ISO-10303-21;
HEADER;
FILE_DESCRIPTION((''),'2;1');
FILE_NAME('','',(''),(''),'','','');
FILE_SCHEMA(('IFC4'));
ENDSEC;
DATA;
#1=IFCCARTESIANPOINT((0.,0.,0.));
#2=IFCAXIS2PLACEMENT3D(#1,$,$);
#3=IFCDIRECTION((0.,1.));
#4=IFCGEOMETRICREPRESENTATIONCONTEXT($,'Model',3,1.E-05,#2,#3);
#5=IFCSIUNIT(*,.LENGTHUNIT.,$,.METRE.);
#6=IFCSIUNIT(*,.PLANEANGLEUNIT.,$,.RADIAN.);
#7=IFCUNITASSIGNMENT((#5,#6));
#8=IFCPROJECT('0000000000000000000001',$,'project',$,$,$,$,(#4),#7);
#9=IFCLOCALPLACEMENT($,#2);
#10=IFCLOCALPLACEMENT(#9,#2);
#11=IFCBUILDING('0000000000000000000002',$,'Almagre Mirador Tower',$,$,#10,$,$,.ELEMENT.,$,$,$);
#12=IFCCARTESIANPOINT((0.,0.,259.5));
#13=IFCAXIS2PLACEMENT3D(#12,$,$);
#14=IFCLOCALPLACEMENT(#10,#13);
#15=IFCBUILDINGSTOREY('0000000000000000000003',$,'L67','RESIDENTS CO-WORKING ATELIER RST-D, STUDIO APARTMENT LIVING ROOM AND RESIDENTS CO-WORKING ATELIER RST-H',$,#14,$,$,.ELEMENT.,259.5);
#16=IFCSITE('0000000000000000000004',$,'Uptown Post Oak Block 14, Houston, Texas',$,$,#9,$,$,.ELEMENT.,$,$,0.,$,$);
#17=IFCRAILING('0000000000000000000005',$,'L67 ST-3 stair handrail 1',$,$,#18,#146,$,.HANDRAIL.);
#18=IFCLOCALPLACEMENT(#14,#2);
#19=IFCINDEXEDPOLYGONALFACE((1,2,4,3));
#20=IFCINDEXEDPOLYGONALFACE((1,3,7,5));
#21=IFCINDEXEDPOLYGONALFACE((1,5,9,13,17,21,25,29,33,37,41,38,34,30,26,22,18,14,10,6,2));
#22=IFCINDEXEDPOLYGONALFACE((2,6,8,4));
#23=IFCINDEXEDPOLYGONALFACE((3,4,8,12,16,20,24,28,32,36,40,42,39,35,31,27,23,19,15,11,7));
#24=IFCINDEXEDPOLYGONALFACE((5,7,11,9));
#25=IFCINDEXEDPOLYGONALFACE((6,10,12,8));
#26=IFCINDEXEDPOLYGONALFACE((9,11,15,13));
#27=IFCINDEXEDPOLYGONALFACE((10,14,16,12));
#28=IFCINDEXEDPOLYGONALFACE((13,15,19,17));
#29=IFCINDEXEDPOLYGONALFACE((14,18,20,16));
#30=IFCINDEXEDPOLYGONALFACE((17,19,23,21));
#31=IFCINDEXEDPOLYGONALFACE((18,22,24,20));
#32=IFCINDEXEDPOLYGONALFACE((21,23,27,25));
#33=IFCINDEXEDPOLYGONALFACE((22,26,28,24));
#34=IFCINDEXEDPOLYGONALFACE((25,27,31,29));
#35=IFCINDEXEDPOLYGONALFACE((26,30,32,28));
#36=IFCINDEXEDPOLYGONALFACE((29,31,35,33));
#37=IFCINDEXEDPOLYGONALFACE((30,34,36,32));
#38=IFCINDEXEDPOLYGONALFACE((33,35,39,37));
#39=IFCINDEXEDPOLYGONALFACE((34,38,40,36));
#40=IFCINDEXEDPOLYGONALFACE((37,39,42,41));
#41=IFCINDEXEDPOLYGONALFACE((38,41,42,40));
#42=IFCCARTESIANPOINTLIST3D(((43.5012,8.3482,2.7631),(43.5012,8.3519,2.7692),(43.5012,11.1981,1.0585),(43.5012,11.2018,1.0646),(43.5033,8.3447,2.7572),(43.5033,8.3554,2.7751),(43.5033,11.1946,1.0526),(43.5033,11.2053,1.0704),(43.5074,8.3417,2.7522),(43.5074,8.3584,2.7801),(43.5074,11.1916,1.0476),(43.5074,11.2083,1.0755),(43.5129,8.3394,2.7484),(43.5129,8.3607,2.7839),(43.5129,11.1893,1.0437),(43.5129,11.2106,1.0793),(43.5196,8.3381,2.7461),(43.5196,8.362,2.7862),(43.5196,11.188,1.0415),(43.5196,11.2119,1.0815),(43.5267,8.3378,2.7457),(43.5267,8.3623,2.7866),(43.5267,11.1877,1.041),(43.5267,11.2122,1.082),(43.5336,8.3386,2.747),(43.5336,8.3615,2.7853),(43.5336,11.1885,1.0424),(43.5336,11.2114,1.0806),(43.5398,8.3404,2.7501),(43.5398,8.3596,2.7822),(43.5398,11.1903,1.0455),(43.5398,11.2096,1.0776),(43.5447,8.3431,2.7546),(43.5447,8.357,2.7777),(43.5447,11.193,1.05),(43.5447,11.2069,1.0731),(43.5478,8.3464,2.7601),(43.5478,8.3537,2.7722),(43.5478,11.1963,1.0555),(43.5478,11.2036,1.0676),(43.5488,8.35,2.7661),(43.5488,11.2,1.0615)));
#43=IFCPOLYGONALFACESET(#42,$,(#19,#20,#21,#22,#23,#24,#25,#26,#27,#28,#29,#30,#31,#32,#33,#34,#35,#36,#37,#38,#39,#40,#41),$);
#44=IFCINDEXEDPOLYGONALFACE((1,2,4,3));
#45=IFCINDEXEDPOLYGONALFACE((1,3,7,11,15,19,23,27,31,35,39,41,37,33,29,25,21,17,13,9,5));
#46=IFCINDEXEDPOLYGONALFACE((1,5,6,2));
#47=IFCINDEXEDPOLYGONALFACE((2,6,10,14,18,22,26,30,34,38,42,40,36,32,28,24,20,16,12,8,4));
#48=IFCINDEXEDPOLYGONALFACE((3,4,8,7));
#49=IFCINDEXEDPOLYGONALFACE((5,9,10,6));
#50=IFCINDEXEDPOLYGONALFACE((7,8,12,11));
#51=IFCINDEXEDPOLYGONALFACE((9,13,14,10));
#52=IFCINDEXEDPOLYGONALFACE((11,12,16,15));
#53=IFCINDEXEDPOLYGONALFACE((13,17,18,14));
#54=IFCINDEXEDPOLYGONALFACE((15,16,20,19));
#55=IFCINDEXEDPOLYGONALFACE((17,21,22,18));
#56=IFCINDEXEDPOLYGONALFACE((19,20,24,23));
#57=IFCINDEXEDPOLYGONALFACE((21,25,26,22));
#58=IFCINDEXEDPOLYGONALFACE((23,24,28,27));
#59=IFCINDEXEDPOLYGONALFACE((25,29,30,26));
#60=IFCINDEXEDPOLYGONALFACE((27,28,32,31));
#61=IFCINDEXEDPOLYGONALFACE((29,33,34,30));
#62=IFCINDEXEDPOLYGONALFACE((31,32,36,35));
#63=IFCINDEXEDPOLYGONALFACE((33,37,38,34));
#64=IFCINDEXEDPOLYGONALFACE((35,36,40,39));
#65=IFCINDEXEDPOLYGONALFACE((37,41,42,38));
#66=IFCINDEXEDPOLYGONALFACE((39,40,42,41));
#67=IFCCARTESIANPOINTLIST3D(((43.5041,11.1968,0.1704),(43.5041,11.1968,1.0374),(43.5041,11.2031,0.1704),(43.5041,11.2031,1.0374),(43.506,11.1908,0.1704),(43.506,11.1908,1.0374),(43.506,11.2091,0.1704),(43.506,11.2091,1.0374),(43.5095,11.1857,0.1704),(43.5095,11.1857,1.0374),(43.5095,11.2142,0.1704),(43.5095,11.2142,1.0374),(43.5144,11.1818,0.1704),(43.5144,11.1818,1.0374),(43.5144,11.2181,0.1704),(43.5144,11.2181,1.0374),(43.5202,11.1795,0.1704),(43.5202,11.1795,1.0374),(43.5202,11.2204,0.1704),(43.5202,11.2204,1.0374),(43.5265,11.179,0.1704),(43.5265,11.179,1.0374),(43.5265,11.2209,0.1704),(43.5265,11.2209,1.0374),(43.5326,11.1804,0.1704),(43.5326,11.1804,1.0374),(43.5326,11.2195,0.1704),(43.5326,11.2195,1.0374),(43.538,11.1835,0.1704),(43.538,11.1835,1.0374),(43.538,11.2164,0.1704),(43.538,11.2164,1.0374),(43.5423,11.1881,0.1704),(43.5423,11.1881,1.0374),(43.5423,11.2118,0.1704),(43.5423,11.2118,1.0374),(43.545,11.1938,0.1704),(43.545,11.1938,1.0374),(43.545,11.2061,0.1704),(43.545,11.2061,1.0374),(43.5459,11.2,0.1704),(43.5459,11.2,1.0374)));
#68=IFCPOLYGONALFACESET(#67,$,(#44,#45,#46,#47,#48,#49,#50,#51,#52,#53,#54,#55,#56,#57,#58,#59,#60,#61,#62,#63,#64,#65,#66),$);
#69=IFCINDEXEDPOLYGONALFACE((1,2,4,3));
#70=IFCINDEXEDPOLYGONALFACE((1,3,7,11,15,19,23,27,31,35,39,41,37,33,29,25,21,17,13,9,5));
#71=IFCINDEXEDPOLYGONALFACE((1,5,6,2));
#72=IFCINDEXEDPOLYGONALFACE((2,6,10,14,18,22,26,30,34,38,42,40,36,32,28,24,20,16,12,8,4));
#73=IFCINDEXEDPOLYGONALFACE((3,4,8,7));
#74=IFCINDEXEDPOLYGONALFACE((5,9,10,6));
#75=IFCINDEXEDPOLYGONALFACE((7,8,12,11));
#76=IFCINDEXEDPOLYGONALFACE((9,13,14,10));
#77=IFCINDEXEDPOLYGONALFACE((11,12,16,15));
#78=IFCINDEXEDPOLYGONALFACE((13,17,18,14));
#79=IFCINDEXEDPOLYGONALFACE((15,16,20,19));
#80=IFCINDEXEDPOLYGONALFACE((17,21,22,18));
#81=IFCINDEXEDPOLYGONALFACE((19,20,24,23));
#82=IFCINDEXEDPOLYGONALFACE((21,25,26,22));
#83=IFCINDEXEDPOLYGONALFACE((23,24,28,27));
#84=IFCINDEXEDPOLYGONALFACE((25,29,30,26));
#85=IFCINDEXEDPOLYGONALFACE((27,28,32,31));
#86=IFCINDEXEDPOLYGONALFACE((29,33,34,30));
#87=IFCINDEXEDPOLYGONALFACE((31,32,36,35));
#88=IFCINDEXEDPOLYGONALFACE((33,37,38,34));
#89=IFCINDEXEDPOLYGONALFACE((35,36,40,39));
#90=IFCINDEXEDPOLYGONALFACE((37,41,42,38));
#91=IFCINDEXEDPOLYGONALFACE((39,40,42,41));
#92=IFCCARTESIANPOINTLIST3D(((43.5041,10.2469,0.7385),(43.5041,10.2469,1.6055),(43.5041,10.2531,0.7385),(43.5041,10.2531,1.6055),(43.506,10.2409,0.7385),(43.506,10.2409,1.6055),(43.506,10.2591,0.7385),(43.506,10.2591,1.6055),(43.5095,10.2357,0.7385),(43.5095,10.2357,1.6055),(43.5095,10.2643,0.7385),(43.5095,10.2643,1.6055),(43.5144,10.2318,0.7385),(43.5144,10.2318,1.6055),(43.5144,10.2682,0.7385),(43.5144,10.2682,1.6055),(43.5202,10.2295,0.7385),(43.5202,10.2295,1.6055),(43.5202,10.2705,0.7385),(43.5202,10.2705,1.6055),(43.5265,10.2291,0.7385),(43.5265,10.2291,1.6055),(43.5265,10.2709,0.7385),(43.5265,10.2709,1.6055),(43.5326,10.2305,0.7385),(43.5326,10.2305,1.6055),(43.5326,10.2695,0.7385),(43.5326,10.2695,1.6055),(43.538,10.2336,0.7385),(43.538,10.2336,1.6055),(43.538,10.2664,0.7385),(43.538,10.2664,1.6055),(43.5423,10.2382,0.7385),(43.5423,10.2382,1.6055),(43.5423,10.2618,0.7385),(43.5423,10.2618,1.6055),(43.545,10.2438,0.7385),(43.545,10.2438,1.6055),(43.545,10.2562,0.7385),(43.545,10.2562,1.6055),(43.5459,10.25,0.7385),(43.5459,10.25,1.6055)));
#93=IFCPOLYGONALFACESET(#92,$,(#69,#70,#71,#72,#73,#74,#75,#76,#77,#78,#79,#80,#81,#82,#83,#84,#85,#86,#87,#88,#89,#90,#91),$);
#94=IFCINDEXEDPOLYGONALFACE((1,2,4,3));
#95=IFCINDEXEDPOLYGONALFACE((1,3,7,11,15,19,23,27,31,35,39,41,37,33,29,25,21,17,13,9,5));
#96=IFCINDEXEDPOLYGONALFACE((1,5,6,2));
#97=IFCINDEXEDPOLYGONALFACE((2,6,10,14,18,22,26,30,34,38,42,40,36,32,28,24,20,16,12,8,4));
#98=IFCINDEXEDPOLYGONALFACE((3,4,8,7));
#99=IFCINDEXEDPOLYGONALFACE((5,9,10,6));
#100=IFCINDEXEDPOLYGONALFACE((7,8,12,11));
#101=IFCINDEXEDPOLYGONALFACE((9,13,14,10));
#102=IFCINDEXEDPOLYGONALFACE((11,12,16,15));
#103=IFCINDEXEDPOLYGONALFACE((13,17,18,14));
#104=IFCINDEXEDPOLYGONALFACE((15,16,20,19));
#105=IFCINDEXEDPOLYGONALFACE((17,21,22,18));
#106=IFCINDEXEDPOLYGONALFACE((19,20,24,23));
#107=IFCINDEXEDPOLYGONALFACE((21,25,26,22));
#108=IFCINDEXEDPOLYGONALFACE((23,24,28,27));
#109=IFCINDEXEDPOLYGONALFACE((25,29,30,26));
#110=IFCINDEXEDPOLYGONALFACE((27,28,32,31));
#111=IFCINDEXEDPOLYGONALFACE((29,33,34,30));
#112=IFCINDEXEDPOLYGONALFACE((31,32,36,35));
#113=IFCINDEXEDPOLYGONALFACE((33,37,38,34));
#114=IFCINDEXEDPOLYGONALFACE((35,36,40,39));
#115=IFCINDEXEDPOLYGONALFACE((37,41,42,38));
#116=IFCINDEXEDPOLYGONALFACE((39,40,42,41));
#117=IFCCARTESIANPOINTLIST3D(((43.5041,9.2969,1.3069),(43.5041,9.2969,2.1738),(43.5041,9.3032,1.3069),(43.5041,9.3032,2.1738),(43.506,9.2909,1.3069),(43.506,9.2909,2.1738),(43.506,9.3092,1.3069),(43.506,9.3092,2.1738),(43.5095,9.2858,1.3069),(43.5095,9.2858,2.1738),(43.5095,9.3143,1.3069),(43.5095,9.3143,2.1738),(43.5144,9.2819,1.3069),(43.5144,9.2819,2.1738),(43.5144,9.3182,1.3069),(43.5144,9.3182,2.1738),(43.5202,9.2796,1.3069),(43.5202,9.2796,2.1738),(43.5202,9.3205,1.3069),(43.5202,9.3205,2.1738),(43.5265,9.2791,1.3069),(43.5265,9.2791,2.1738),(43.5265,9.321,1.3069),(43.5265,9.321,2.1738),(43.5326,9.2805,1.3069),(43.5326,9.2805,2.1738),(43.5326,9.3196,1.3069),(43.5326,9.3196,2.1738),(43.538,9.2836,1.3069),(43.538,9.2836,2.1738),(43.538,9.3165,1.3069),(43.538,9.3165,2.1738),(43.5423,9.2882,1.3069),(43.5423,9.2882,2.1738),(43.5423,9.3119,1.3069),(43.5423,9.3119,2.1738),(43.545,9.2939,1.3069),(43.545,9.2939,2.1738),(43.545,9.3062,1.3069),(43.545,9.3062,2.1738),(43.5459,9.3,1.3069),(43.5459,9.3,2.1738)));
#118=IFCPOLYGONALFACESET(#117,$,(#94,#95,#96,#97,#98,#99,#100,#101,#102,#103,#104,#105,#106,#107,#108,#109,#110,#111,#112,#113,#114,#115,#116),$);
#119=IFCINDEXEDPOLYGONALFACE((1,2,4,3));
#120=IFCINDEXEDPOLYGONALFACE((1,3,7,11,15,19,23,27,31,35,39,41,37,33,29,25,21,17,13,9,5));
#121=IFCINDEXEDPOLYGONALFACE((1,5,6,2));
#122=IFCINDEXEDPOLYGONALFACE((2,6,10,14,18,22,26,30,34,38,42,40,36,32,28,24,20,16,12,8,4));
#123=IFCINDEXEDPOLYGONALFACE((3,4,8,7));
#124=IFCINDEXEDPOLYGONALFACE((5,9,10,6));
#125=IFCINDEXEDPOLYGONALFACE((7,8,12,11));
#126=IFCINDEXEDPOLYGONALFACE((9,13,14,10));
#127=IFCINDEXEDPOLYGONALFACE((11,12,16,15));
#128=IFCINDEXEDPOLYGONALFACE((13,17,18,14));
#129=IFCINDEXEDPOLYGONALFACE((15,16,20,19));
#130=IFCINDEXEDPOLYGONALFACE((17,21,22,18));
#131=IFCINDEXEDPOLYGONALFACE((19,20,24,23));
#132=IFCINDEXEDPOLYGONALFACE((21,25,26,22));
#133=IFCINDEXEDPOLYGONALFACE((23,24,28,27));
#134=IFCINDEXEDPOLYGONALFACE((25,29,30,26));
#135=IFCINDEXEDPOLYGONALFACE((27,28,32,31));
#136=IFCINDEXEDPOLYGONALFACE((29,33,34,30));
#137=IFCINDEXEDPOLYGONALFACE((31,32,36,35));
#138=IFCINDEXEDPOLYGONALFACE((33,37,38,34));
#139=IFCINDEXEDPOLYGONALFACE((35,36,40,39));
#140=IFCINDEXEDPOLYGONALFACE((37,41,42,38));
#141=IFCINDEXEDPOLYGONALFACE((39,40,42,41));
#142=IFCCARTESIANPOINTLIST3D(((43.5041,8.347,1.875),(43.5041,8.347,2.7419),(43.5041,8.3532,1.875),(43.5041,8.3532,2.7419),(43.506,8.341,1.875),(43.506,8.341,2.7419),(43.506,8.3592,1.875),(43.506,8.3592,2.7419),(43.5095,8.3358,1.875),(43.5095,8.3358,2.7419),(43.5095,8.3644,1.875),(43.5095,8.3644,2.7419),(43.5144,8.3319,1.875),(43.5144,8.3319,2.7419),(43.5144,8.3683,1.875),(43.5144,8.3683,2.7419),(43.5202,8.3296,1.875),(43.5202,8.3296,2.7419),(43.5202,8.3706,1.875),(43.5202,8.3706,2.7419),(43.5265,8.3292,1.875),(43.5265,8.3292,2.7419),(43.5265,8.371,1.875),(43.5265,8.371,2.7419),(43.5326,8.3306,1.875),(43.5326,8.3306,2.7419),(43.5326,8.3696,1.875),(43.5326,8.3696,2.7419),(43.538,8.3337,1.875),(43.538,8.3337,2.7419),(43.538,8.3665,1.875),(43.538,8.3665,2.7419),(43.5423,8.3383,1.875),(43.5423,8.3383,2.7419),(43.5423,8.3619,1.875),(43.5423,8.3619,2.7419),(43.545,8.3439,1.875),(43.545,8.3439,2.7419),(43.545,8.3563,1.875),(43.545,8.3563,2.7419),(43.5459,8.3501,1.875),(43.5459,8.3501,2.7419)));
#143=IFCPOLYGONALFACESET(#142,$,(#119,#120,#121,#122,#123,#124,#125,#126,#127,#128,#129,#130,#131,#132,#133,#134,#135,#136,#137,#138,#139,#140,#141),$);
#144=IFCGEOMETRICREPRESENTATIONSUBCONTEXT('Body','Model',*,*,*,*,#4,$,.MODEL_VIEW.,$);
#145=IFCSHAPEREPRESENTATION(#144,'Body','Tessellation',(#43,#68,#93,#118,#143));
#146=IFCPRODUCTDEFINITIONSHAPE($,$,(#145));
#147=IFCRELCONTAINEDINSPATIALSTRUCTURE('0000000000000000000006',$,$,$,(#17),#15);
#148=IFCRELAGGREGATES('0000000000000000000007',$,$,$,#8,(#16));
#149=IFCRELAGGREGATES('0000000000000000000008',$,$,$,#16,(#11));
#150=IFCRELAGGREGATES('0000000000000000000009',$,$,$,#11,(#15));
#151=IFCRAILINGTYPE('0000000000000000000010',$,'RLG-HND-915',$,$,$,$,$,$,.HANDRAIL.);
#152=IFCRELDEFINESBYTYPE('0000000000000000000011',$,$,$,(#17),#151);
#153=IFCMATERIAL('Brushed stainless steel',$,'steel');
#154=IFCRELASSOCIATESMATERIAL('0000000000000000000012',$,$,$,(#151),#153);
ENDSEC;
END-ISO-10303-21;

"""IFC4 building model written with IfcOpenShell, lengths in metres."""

from ifc_helpers import new_model, si_unit, direction, frame, origin, origin_2d, place, context, subcontext, project, spatial, circle, extrude, material, type_object, element, save


model = new_model("IFC4")

# Units and contexts
model_context = context("Model", 3, precision=1e-05, world=origin(), true_north=direction((0.0, 1.0)))
body_context = subcontext(model_context, "Body", "Model", "MODEL_VIEW")
ifc_project = project(units=[si_unit("LENGTHUNIT", "METRE"), si_unit("PLANEANGLEUNIT", "RADIAN")], contexts=[model_context])

# Site, building, storey
site_placement = place(None, origin())
site = spatial("IfcSite", under=ifc_project, at=site_placement, Name="Uptown Post Oak Block 14, Houston, Texas", CompositionType="ELEMENT", RefElevation=0.0)
building_placement = place(site_placement, origin())
building = spatial("IfcBuilding", under=site, at=building_placement, Name="Almagre Mirador Tower", CompositionType="ELEMENT")
storey_placement = place(building_placement, frame((0.0, 0.0, 259.5)))
storey = spatial("IfcBuildingStorey", under=building, at=storey_placement, Name="L67", Description="RESIDENTS CO-WORKING ATELIER RST-D, STUDIO APARTMENT LIVING ROOM AND RESIDENTS CO-WORKING ATELIER RST-H", CompositionType="ELEMENT", Elevation=259.5)

# Railing
ifc_material_1 = material(Name="Brushed stainless steel", Category="steel")
railing_type_1 = type_object("IfcRailingType", Name="RLG-HND-915", PredefinedType="HANDRAIL", material=ifc_material_1)
railing_1_placement = place(storey_placement, frame((43.5249, 11.2, 0.1704)))
element("IfcRailing", 1, at=railing_1_placement, inside=storey, type_object=railing_type_1, Name="L67 ST-3 stair handrail 1", PredefinedType="HANDRAIL", context=body_context, shape_type="SweptSolid", body=[
    extrude(circle(Radius=0.0239, at=origin_2d()), frame((0.0, 0.0, 0.8911), z_axis=(0.0, -0.858199, 0.513317), x_axis=(1.0, 0.0, 0.0)), (0.0, 0.0, 1.0), 3.3208),
    extrude(circle(Radius=0.021, at=origin_2d()), origin(), (0.0, 0.0, 1.0), 0.8669),
    extrude(circle(Radius=0.021, at=origin_2d()), frame((0.0, -0.95, 0.5681)), (0.0, 0.0, 1.0), 0.8669),
    extrude(circle(Radius=0.021, at=origin_2d()), frame((0.0, -1.8999, 1.1365)), (0.0, 0.0, 1.0), 0.8669),
    extrude(circle(Radius=0.021, at=origin_2d()), frame((0.0, -2.8499, 1.7046)), (0.0, 0.0, 1.0), 0.8669),
])

save(model, "model.ifc")
